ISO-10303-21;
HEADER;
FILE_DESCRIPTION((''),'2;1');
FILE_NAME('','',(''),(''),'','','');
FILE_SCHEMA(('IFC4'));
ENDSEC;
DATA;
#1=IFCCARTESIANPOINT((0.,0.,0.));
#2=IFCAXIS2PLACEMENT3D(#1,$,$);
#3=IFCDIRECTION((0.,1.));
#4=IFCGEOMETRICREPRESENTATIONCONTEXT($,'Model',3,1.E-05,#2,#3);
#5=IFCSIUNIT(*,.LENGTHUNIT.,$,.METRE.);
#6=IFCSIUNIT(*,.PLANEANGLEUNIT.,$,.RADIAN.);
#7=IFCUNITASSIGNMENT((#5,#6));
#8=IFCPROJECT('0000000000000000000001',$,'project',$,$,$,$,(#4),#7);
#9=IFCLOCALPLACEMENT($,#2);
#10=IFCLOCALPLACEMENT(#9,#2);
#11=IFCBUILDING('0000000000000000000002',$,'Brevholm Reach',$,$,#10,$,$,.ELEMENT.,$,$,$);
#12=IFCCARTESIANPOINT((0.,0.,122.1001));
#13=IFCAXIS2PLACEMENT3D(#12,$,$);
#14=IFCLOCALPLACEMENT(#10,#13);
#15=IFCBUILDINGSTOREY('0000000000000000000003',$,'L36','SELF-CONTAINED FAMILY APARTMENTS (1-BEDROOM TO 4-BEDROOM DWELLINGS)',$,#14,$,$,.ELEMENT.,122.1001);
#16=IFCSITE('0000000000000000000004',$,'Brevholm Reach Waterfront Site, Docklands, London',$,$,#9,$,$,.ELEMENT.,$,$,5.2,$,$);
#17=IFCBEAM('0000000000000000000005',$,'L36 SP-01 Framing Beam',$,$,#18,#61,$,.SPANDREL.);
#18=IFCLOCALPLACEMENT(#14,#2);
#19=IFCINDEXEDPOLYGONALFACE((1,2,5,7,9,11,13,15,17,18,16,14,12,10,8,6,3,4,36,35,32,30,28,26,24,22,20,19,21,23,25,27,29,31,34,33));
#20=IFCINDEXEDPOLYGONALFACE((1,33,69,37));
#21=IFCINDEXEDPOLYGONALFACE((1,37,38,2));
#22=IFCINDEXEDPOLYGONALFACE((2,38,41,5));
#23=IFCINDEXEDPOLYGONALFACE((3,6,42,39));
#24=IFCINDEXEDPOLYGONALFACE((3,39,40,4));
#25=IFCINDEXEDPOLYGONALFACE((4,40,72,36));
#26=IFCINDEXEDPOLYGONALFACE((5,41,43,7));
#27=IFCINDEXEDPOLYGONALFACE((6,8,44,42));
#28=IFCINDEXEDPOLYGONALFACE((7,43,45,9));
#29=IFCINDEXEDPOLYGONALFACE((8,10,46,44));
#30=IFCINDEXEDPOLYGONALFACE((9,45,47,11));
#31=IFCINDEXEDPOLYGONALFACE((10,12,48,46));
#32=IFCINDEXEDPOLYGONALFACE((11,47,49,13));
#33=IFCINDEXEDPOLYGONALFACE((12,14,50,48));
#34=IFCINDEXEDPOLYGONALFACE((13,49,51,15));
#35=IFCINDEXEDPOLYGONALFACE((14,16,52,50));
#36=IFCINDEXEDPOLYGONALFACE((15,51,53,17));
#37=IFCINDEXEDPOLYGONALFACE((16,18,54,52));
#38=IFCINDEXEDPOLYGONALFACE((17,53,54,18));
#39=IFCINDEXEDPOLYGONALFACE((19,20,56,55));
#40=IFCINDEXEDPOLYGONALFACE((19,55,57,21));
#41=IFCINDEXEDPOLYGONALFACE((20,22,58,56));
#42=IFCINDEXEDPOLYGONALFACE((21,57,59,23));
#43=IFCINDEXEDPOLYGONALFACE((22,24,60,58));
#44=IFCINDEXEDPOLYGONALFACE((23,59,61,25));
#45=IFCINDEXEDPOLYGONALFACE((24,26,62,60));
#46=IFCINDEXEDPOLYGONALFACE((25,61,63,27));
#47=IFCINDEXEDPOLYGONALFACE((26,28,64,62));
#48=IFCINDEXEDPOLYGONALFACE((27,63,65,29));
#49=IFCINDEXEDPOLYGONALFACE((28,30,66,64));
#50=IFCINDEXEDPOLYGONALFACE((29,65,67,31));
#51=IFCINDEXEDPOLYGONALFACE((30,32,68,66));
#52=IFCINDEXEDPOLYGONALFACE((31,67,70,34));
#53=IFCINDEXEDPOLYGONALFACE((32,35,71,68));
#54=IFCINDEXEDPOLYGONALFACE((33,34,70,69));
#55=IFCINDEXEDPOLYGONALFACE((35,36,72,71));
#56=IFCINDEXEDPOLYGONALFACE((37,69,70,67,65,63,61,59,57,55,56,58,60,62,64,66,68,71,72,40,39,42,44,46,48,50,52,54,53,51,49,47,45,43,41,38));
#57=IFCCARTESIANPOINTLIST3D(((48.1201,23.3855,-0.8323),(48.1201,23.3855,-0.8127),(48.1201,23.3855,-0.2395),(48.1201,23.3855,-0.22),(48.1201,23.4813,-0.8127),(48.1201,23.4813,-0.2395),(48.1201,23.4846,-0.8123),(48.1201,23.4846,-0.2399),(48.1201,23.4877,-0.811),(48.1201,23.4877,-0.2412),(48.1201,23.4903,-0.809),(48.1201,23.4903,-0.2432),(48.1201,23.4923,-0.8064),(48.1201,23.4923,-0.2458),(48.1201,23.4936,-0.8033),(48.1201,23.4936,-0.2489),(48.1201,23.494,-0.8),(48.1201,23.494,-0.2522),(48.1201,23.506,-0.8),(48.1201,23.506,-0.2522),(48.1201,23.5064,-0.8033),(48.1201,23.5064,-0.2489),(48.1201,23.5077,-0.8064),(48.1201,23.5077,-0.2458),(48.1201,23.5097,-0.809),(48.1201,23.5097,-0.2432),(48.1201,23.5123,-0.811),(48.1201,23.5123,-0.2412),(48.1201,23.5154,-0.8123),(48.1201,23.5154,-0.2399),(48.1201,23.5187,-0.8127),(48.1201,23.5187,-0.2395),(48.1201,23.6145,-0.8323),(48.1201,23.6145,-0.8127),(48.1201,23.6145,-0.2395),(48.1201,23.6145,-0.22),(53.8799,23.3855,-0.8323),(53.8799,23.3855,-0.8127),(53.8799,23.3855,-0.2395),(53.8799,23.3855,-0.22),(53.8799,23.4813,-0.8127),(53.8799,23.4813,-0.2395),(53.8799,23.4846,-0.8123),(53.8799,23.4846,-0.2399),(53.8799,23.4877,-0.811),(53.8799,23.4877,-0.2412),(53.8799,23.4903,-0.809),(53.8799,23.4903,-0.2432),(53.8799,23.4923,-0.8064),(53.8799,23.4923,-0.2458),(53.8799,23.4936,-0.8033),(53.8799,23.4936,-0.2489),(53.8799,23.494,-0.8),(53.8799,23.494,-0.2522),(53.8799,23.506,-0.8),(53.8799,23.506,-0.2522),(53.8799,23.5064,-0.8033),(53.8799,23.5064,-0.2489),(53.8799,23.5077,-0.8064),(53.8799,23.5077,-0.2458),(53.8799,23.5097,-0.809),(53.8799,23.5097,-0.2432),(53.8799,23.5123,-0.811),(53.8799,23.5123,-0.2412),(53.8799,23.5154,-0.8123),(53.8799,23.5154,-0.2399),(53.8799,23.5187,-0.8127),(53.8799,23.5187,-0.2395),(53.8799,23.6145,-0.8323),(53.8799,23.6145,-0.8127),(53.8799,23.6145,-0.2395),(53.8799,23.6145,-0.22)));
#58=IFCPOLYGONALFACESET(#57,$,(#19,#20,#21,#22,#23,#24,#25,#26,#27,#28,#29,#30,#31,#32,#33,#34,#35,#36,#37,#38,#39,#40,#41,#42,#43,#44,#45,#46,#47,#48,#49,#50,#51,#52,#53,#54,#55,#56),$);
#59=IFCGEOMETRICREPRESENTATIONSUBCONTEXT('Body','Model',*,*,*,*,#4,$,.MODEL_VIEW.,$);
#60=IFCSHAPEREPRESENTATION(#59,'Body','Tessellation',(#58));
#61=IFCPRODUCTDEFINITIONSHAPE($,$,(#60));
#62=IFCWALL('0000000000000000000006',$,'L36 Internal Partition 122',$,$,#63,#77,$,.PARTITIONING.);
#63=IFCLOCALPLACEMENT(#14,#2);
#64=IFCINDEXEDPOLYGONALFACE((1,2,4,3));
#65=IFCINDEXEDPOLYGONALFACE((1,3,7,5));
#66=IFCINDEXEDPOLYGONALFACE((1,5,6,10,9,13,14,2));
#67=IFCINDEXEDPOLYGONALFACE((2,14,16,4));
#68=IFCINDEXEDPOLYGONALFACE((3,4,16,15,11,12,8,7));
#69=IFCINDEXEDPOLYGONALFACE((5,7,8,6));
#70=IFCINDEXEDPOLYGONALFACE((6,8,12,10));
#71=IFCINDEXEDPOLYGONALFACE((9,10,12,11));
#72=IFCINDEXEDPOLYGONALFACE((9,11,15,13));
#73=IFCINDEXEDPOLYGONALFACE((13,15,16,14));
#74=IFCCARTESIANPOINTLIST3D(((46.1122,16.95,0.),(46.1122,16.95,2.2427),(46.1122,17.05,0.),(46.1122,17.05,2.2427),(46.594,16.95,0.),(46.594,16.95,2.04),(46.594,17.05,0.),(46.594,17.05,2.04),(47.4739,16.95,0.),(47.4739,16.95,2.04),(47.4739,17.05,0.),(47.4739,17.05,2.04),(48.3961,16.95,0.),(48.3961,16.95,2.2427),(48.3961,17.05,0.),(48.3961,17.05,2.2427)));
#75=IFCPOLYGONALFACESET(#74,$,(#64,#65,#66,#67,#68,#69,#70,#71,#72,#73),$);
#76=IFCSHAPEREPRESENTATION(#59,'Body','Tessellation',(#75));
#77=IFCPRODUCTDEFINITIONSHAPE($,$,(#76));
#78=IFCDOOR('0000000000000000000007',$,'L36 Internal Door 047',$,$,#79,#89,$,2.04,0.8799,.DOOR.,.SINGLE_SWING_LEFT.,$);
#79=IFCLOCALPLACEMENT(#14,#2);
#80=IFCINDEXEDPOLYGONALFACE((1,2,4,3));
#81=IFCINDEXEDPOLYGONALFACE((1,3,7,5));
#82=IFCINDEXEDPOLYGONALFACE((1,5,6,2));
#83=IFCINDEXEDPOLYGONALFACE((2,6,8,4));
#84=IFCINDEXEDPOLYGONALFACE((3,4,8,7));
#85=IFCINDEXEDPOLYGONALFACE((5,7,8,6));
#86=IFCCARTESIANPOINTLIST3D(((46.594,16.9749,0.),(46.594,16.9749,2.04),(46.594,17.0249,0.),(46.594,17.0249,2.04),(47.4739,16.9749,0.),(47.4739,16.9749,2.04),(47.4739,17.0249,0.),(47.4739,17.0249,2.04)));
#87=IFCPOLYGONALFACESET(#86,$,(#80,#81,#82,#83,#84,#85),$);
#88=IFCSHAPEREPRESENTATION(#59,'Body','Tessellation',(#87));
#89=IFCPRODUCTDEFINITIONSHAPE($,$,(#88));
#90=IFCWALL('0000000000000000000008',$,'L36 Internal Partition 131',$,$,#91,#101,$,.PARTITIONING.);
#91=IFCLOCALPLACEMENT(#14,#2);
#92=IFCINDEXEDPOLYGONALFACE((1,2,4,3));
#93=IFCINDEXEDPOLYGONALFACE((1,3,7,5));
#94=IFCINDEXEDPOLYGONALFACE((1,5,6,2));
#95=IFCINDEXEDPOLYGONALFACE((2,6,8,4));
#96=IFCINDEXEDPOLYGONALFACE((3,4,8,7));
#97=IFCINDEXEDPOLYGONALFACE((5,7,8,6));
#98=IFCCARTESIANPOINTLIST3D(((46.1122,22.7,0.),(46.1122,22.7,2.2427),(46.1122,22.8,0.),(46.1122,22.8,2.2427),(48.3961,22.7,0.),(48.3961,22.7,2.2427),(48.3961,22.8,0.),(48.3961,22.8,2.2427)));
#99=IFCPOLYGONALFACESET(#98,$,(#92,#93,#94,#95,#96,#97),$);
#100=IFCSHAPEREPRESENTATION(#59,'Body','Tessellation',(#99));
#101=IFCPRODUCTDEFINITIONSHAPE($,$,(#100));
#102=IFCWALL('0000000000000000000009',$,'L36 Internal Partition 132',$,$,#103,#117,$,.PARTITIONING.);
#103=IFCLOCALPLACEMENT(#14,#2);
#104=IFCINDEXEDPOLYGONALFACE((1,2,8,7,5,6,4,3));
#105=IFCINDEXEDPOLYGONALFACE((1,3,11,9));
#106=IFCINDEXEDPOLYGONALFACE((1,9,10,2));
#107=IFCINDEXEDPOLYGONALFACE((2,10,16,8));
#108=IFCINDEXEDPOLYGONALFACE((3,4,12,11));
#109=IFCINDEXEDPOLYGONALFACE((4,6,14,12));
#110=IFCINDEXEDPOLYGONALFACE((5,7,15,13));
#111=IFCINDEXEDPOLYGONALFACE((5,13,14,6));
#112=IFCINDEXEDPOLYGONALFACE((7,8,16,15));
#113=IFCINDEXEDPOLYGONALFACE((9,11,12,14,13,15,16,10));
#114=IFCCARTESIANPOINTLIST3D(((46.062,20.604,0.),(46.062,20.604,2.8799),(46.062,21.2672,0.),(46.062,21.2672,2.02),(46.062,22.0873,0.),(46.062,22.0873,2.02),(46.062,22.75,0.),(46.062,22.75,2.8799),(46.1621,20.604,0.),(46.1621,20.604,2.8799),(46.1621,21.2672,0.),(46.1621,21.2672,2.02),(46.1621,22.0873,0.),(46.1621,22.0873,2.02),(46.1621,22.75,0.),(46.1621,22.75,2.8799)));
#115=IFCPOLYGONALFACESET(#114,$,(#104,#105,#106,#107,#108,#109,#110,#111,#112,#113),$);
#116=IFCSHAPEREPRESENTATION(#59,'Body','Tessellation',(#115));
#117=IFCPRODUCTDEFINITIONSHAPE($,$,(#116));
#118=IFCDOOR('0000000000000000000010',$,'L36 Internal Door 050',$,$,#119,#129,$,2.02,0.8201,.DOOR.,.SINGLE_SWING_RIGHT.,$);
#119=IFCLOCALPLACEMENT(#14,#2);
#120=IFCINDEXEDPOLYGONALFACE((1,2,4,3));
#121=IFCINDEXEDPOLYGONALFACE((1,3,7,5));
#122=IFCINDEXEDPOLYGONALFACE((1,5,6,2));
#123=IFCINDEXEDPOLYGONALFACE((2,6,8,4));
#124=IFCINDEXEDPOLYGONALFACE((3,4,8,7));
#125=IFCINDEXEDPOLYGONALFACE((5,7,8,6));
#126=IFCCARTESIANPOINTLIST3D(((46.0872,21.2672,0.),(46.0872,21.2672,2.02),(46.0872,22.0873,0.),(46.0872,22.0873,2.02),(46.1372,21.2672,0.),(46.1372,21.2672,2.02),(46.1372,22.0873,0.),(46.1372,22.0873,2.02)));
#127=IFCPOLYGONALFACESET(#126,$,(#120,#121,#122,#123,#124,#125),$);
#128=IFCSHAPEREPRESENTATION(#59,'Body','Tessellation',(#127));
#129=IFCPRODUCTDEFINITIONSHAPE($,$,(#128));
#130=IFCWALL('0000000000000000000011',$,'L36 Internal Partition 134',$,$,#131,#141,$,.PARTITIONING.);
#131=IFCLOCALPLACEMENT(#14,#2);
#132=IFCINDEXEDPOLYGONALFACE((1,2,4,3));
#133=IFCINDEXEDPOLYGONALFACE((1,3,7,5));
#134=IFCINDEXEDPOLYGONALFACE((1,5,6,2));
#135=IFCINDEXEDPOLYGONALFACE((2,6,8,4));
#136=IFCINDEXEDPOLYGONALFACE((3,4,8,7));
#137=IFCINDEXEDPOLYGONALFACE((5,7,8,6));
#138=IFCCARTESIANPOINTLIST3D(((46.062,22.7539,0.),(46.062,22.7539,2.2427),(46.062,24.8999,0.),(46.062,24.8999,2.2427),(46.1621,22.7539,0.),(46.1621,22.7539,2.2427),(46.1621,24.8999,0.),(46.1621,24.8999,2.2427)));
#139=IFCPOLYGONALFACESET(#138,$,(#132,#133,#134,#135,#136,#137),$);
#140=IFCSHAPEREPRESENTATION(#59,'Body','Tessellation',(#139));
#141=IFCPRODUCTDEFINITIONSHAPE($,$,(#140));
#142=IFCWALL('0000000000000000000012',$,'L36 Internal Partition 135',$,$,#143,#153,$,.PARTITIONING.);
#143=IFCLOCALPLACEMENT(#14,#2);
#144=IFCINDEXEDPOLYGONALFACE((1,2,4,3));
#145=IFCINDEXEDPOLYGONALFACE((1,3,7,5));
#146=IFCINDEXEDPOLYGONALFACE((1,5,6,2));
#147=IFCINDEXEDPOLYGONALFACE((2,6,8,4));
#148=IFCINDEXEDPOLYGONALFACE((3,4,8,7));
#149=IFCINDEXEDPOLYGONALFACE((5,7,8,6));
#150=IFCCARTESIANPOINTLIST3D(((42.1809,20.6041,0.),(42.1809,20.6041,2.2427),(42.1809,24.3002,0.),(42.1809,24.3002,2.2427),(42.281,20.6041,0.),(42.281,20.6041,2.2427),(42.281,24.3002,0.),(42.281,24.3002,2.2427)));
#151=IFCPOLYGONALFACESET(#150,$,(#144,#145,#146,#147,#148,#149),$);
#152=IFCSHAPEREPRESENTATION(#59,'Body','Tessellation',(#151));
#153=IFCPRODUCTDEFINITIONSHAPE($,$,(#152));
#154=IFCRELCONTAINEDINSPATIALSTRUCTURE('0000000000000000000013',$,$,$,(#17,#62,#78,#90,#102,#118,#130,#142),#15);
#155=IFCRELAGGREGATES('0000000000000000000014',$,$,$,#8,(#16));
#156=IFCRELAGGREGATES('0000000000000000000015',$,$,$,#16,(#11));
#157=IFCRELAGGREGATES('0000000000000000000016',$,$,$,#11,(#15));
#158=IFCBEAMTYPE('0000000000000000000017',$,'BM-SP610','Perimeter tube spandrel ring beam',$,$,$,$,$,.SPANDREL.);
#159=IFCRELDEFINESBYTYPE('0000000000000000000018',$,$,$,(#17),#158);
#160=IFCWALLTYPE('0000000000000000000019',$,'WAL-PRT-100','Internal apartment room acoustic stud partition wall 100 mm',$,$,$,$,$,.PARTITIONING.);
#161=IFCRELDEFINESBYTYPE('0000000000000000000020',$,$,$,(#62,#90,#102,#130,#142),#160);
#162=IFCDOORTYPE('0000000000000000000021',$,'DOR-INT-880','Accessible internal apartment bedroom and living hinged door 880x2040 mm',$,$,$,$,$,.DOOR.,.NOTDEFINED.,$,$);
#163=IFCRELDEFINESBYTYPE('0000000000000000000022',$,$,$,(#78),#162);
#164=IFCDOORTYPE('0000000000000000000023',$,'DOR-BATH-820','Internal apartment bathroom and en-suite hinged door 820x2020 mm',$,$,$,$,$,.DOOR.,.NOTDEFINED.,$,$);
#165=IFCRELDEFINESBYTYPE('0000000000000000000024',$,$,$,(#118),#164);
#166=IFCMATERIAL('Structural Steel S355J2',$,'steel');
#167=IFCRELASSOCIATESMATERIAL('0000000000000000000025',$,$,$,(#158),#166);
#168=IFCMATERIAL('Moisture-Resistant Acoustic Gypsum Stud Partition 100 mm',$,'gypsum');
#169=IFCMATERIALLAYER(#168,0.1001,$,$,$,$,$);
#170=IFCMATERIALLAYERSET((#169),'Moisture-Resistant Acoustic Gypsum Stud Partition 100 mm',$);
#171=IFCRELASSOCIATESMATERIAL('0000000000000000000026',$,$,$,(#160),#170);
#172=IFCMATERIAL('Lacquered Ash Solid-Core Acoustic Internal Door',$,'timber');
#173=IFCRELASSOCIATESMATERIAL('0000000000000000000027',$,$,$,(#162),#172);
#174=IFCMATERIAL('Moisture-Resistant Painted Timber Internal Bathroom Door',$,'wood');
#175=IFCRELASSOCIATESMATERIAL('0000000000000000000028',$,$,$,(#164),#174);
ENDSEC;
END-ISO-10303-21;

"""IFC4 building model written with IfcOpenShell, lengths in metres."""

from ifc_helpers import new_model, si_unit, direction, frame, frame_2d, origin, origin_2d, place, context, subcontext, project, spatial, rectangle, i_section, extrude, material, layer, layer_set, material_profile, profile_set, type_object, element, fill, save


model = new_model("IFC4")

# Units and contexts
model_context = context("Model", 3, precision=1e-05, world=origin(), true_north=direction((0.0, 1.0)))
body_context = subcontext(model_context, "Body", "Model", "MODEL_VIEW")
ifc_project = project(units=[si_unit("LENGTHUNIT", "METRE"), si_unit("PLANEANGLEUNIT", "RADIAN")], contexts=[model_context])

# Site, building, storey
site_placement = place(None, origin())
site = spatial("IfcSite", under=ifc_project, at=site_placement, Name="Brevholm Reach Waterfront Site, Docklands, London", CompositionType="ELEMENT", RefElevation=5.2)
building_placement = place(site_placement, origin())
building = spatial("IfcBuilding", under=site, at=building_placement, Name="Brevholm Reach", CompositionType="ELEMENT")
storey_placement = place(building_placement, frame((0.0, 0.0, 122.1001)))
storey = spatial("IfcBuildingStorey", under=building, at=storey_placement, Name="L36", Description="SELF-CONTAINED FAMILY APARTMENTS (1-BEDROOM TO 4-BEDROOM DWELLINGS)", CompositionType="ELEMENT", Elevation=122.1001)

# Beam
ifc_material_1 = material(Name="Structural Steel S355J2", Category="steel")
ifc_material_profile_1 = material_profile(ifc_material_1, i_section(OverallWidth=0.229, OverallDepth=0.6123, WebThickness=0.012, FlangeThickness=0.0195, FilletRadius=0.0127, at=origin_2d()), Name="UKB 610x229x125")
ifc_profile_set_1 = profile_set([ifc_material_profile_1], Name="Structural Steel S355J2")
beam_type_1 = type_object("IfcBeamType", Name="BM-SP610", Description="Perimeter tube spandrel ring beam", PredefinedType="SPANDREL", material=ifc_profile_set_1)
for number, where, z_axis, x_axis, name in (
    (1, (48.1201, 23.5, -0.5261), (1.0, 0.0, 0.0), (0.0, 1.0, 0.0), "L36 SP-01 Framing Beam"),
):
    element("IfcBeam", number, at=place(storey_placement, frame(where, z_axis=z_axis, x_axis=x_axis)), inside=storey, type_object=beam_type_1, Name=name, PredefinedType="SPANDREL", context=body_context, shape_type="SweptSolid", body=[
        extrude(i_section(OverallWidth=0.229, OverallDepth=0.6123, WebThickness=0.012, FlangeThickness=0.0195, FilletRadius=0.0127, at=origin_2d()), origin(), (0.0, 0.0, 1.0), 5.7598),
    ])

# Wall, opening, door
ifc_material_2 = material(Name="Moisture-Resistant Acoustic Gypsum Stud Partition 100 mm", Category="gypsum")
ifc_layer_1 = layer(ifc_material_2, 0.1001)
ifc_layer_set_1 = layer_set([ifc_layer_1], Name="Moisture-Resistant Acoustic Gypsum Stud Partition 100 mm")
wall_type_1 = type_object("IfcWallType", Name="WAL-PRT-100", Description="Internal apartment room acoustic stud partition wall 100 mm", PredefinedType="PARTITIONING", material=ifc_layer_set_1)
wall_1_placement = place(storey_placement, frame((46.1121, 17.0, 0.0), z_axis=(0.0, 0.0, 1.0), x_axis=(1.0, 0.0, 0.0)))
wall_1 = element("IfcWall", 2, at=wall_1_placement, inside=storey, type_object=wall_type_1, Name="L36 Internal Partition 122", PredefinedType="PARTITIONING", context=body_context, shape_type="SweptSolid", body=[
    extrude(rectangle(XDim=2.2839, YDim=0.1001, at=frame_2d((1.1421, 0.0))), origin(), (0.0, 0.0, 1.0), 2.2427),
])
opening_1_placement = place(wall_1_placement, frame((0.4819, 0.0, 0.0)))
opening_1 = element("IfcOpeningElement", 3, at=opening_1_placement, cuts=wall_1, PredefinedType="OPENING", context=body_context, shape_type="SweptSolid", body=[
    extrude(rectangle(XDim=0.8799, YDim=2.04, at=frame_2d((0.4399, 1.02))), frame((0.0, 0.0601, 0.0), z_axis=(0.0, -1.0, 0.0), x_axis=(1.0, 0.0, 0.0)), (0.0, 0.0, 1.0), 0.1201),
])
ifc_material_3 = material(Name="Lacquered Ash Solid-Core Acoustic Internal Door", Category="timber")
door_type_1 = type_object("IfcDoorType", Name="DOR-INT-880", Description="Accessible internal apartment bedroom and living hinged door 880x2040 mm", OperationType="NOTDEFINED", PredefinedType="DOOR", material=ifc_material_3)
door_1_placement = place(opening_1_placement, origin())
door_1 = element("IfcDoor", 4, at=door_1_placement, inside=storey, type_object=door_type_1, Name="L36 Internal Door 047", OperationType="SINGLE_SWING_LEFT", OverallHeight=2.04, OverallWidth=0.8799, PredefinedType="DOOR", context=body_context, shape_type="SweptSolid", body=[
    extrude(rectangle(XDim=0.8799, YDim=2.04, at=frame_2d((0.4399, 1.02))), frame((0.0, 0.0249, 0.0), z_axis=(0.0, -1.0, 0.0), x_axis=(1.0, 0.0, 0.0)), (0.0, 0.0, 1.0), 0.05),
])
fill(opening_1, door_1)

# Wall
wall_2_placement = place(storey_placement, frame((46.1121, 22.75, 0.0), z_axis=(0.0, 0.0, 1.0), x_axis=(1.0, 0.0, 0.0)))
element("IfcWall", 5, at=wall_2_placement, inside=storey, type_object=wall_type_1, Name="L36 Internal Partition 131", PredefinedType="PARTITIONING", context=body_context, shape_type="SweptSolid", body=[
    extrude(rectangle(XDim=2.2839, YDim=0.1001, at=frame_2d((1.1421, 0.0))), origin(), (0.0, 0.0, 1.0), 2.2427),
])

# Wall, opening, door
wall_3_placement = place(storey_placement, frame((46.1121, 20.604, 0.0), z_axis=(0.0, 0.0, 1.0), x_axis=(0.0, 1.0, 0.0)))
wall_3 = element("IfcWall", 6, at=wall_3_placement, inside=storey, type_object=wall_type_1, Name="L36 Internal Partition 132", PredefinedType="PARTITIONING", context=body_context, shape_type="SweptSolid", body=[
    extrude(rectangle(XDim=2.146, YDim=0.1001, at=frame_2d((1.073, 0.0))), origin(), (0.0, 0.0, 1.0), 2.8799),
])
opening_2_placement = place(wall_3_placement, frame((0.6631, 0.0, 0.0)))
opening_2 = element("IfcOpeningElement", 7, at=opening_2_placement, cuts=wall_3, PredefinedType="OPENING", context=body_context, shape_type="SweptSolid", body=[
    extrude(rectangle(XDim=0.8201, YDim=2.02, at=frame_2d((0.4102, 1.01))), frame((0.0, 0.0601, 0.0), z_axis=(0.0, -1.0, 0.0), x_axis=(1.0, 0.0, 0.0)), (0.0, 0.0, 1.0), 0.1201),
])
ifc_material_4 = material(Name="Moisture-Resistant Painted Timber Internal Bathroom Door", Category="wood")
door_type_2 = type_object("IfcDoorType", Name="DOR-BATH-820", Description="Internal apartment bathroom and en-suite hinged door 820x2020 mm", OperationType="NOTDEFINED", PredefinedType="DOOR", material=ifc_material_4)
door_2_placement = place(opening_2_placement, origin())
door_2 = element("IfcDoor", 8, at=door_2_placement, inside=storey, type_object=door_type_2, Name="L36 Internal Door 050", OperationType="SINGLE_SWING_RIGHT", OverallHeight=2.02, OverallWidth=0.8201, PredefinedType="DOOR", context=body_context, shape_type="SweptSolid", body=[
    extrude(rectangle(XDim=0.8201, YDim=2.02, at=frame_2d((0.4102, 1.01))), frame((0.0, 0.0249, 0.0), z_axis=(0.0, -1.0, 0.0), x_axis=(1.0, 0.0, 0.0)), (0.0, 0.0, 1.0), 0.05),
])
fill(opening_2, door_2)

# Walls
wall_4_placement = place(storey_placement, frame((46.1121, 22.7539, 0.0), z_axis=(0.0, 0.0, 1.0), x_axis=(0.0, 1.0, 0.0)))
element("IfcWall", 9, at=wall_4_placement, inside=storey, type_object=wall_type_1, Name="L36 Internal Partition 134", PredefinedType="PARTITIONING", context=body_context, shape_type="SweptSolid", body=[
    extrude(rectangle(XDim=2.146, YDim=0.1001, at=frame_2d((1.073, 0.0))), origin(), (0.0, 0.0, 1.0), 2.2427),
])
wall_5_placement = place(storey_placement, frame((42.231, 20.604, 0.0), z_axis=(0.0, 0.0, 1.0), x_axis=(0.0, 1.0, 0.0)))
element("IfcWall", 10, at=wall_5_placement, inside=storey, type_object=wall_type_1, Name="L36 Internal Partition 135", PredefinedType="PARTITIONING", context=body_context, shape_type="SweptSolid", body=[
    extrude(rectangle(XDim=3.696, YDim=0.1001, at=frame_2d((1.8481, 0.0))), origin(), (0.0, 0.0, 1.0), 2.2427),
])

save(model, "model.ifc")
